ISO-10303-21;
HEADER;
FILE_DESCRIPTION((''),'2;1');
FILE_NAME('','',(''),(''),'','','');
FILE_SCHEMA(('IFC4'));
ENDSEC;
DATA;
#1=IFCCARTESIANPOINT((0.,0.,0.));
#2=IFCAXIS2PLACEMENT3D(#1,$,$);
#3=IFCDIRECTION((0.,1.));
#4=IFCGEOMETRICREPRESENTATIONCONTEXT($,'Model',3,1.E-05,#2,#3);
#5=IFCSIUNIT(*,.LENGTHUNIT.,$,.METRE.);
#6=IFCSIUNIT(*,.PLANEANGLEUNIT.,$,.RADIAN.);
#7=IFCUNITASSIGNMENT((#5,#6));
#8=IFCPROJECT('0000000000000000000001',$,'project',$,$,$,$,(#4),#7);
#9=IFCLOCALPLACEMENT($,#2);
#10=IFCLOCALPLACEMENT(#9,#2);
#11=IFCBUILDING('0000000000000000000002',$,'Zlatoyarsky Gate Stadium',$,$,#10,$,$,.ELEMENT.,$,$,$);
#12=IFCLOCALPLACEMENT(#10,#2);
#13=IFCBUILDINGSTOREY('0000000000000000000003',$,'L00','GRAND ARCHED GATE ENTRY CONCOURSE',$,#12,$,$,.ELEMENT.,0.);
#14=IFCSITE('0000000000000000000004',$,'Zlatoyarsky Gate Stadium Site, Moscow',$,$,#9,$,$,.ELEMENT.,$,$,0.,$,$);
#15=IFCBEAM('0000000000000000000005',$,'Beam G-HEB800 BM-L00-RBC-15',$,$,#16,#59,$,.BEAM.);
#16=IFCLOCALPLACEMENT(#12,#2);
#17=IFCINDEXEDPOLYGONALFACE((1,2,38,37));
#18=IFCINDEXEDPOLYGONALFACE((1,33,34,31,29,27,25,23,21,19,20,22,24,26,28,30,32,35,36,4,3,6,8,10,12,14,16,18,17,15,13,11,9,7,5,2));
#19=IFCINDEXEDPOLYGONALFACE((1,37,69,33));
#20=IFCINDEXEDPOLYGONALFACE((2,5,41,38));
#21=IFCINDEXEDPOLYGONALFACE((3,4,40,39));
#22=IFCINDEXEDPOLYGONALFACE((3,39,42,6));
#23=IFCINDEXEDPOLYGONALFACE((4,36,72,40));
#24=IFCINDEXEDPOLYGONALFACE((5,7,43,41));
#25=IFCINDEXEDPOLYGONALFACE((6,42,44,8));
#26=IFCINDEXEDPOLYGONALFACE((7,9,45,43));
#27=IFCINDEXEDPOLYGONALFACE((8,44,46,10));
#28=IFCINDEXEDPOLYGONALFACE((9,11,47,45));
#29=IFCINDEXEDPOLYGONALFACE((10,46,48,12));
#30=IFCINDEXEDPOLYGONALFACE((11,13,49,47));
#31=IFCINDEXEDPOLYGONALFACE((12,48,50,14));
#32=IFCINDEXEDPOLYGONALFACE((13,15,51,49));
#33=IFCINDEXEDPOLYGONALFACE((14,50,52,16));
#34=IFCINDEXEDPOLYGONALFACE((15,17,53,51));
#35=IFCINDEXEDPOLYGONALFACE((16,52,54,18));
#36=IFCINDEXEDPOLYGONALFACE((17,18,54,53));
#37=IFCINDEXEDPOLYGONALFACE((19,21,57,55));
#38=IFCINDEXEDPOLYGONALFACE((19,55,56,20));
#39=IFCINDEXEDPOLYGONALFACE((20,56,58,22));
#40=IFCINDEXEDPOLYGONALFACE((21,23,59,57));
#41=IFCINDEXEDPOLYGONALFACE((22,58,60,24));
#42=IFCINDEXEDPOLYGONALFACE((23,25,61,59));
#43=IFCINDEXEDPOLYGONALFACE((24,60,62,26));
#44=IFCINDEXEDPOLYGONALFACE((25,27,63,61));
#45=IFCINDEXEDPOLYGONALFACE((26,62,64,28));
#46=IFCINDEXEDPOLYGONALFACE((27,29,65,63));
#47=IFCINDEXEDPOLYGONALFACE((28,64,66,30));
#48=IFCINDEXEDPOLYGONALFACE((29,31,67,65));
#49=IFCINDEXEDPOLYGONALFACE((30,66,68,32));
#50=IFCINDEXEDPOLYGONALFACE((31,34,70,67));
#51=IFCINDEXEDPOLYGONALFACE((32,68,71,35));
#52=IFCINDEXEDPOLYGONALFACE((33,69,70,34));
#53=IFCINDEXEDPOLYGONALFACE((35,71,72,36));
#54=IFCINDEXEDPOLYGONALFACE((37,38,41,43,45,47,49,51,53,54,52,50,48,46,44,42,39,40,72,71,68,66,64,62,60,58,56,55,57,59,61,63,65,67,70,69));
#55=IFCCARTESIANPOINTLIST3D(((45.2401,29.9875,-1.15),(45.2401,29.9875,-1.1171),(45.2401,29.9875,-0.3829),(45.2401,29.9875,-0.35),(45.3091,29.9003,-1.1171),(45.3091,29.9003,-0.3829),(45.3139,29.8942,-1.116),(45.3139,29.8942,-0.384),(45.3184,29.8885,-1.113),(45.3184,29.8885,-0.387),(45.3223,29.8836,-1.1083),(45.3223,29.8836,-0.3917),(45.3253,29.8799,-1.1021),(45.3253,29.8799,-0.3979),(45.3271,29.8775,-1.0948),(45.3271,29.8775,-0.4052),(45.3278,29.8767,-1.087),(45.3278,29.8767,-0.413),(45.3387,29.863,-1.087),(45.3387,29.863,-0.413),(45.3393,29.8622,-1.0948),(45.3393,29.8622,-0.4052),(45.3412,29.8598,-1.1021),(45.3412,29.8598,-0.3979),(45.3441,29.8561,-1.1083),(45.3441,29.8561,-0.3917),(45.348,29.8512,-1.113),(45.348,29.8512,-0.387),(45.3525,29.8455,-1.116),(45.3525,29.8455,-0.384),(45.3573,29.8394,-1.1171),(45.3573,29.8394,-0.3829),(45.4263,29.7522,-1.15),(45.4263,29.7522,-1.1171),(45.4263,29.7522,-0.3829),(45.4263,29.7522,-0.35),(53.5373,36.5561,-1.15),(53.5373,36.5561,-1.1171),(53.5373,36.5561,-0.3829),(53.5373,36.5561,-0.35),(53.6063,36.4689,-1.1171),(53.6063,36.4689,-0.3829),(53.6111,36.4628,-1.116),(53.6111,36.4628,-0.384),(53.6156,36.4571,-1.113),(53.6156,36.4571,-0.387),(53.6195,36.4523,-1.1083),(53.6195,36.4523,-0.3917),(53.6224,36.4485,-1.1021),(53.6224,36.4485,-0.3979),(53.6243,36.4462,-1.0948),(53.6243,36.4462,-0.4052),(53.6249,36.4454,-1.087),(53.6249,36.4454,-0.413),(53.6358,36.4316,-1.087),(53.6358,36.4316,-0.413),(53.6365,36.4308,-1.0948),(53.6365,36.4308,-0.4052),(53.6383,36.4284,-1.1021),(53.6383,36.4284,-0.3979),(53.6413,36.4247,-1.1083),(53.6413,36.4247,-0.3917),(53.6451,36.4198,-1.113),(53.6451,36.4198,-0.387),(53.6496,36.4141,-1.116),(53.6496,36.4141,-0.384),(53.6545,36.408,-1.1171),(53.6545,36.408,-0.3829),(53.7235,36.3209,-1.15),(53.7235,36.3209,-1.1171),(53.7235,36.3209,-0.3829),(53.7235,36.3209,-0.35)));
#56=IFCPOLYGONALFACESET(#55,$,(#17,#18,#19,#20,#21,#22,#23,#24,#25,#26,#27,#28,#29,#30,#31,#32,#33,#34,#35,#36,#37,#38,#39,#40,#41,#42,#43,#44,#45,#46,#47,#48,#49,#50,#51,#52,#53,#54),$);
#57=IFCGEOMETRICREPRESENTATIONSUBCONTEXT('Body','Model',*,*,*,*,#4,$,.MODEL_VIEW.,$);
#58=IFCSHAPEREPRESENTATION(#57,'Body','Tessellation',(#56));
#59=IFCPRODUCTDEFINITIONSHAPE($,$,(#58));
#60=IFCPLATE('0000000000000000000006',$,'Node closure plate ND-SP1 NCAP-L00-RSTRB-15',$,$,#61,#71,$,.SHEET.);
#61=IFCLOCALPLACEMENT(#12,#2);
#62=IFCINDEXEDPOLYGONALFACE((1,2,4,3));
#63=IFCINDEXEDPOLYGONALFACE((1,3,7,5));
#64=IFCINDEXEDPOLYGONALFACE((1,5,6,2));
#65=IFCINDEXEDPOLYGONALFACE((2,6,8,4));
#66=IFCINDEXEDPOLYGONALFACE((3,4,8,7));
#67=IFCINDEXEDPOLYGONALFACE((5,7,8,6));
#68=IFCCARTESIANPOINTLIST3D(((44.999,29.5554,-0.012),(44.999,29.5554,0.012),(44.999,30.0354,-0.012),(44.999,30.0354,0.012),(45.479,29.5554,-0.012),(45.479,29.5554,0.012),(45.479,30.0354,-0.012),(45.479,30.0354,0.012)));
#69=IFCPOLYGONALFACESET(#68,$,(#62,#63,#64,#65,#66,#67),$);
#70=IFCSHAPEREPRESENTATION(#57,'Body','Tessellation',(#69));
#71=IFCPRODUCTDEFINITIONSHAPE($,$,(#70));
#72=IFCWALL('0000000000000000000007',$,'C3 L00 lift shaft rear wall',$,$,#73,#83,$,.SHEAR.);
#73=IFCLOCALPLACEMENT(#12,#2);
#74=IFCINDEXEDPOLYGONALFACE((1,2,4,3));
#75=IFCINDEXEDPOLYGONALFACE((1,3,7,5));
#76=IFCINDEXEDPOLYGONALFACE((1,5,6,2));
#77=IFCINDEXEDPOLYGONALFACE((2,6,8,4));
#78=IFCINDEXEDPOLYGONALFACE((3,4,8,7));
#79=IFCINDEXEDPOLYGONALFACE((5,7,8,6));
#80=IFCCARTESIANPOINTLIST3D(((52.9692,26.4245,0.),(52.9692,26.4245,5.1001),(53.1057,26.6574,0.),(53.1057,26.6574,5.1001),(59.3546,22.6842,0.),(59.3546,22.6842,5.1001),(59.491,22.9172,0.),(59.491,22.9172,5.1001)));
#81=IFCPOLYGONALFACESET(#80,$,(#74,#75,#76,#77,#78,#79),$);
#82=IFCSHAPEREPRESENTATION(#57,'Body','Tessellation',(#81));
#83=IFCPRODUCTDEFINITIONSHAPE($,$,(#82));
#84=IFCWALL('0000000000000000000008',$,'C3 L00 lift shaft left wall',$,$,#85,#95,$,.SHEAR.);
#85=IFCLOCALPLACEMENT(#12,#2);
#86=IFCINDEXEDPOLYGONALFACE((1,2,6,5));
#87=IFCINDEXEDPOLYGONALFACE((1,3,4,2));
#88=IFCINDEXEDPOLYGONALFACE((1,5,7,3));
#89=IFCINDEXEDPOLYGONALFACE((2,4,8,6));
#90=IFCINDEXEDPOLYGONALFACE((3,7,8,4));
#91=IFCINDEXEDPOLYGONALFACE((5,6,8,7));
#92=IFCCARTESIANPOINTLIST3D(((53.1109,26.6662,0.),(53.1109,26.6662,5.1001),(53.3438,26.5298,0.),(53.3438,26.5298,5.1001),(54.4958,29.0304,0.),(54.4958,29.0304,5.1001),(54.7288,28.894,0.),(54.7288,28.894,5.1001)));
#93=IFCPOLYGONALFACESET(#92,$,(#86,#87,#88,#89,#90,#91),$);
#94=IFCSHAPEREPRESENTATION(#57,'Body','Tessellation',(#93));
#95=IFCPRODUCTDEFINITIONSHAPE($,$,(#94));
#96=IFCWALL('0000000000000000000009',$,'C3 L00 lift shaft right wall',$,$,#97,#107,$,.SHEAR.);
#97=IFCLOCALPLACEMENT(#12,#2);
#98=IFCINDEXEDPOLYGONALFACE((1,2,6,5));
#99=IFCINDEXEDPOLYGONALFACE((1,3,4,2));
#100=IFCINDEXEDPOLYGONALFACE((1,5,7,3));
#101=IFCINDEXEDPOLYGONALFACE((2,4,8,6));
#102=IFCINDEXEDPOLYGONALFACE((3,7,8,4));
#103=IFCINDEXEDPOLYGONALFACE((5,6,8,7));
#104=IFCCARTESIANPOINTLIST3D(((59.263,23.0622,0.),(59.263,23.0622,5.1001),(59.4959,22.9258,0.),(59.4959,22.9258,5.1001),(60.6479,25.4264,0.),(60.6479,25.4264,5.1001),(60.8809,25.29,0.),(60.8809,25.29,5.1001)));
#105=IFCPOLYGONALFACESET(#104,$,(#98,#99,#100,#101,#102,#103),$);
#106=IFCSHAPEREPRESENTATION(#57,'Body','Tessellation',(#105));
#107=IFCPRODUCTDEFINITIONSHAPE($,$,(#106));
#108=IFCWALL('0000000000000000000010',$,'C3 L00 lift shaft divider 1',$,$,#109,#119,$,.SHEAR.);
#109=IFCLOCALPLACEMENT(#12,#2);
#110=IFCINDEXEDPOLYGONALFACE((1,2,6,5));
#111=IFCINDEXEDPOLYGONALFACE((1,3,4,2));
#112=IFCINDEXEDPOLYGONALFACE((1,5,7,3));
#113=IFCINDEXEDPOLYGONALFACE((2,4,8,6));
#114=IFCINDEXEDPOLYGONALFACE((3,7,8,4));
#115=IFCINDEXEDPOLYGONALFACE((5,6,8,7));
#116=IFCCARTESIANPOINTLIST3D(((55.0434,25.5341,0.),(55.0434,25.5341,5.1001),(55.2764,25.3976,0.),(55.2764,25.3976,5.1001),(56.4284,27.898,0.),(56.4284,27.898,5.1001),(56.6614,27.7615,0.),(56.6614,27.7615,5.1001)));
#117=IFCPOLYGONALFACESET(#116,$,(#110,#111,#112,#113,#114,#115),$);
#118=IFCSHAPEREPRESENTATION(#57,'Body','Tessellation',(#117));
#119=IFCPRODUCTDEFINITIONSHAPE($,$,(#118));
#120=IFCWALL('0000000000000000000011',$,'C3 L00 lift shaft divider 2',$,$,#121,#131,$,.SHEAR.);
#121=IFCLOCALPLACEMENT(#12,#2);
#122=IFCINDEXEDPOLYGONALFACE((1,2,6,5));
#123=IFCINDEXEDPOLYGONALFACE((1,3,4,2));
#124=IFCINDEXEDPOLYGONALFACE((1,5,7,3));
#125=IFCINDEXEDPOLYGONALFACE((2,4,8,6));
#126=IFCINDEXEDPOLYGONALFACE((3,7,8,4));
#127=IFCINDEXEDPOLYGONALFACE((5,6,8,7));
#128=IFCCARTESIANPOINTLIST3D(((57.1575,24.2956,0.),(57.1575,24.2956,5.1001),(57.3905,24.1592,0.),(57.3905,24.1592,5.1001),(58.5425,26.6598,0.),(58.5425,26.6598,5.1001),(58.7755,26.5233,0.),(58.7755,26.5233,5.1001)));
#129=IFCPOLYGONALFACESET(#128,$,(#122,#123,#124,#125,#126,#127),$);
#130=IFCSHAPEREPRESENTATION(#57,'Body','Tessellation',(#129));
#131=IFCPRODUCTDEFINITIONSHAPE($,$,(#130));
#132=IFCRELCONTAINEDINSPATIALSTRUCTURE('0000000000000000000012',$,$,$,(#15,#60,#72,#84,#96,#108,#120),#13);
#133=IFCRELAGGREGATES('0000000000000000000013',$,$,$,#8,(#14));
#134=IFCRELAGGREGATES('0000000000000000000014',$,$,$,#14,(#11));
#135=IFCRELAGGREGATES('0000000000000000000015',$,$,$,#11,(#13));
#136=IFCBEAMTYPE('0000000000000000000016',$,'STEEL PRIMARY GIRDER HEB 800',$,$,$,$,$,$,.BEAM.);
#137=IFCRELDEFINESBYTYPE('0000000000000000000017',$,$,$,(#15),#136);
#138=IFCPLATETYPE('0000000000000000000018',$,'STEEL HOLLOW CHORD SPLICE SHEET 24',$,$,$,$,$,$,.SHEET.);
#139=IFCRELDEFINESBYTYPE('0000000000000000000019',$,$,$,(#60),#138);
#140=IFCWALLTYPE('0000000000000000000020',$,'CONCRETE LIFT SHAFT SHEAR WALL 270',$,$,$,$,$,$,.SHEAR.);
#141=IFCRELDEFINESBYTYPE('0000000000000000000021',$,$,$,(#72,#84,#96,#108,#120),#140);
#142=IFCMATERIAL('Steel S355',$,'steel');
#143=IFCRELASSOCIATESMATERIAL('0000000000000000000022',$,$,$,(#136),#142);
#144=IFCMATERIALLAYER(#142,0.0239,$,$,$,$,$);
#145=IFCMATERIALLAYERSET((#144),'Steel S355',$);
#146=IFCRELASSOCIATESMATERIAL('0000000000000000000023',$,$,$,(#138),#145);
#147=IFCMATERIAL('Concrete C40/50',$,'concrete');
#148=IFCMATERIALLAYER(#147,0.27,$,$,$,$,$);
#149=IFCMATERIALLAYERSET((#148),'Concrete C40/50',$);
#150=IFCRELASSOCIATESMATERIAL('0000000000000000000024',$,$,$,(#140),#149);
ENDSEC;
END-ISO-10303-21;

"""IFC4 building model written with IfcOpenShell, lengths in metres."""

from ifc_helpers import new_model, si_unit, direction, frame, frame_2d, origin, origin_2d, place, context, subcontext, project, spatial, rectangle, i_section, extrude, material, layer, layer_set, material_profile, profile_set, type_object, element, save


model = new_model("IFC4")

# Units and contexts
model_context = context("Model", 3, precision=1e-05, world=origin(), true_north=direction((0.0, 1.0)))
body_context = subcontext(model_context, "Body", "Model", "MODEL_VIEW")
ifc_project = project(units=[si_unit("LENGTHUNIT", "METRE"), si_unit("PLANEANGLEUNIT", "RADIAN")], contexts=[model_context])

# Site, building, storey
site_placement = place(None, origin())
site = spatial("IfcSite", under=ifc_project, at=site_placement, Name="Zlatoyarsky Gate Stadium Site, Moscow", CompositionType="ELEMENT", RefElevation=0.0)
building_placement = place(site_placement, origin())
building = spatial("IfcBuilding", under=site, at=building_placement, Name="Zlatoyarsky Gate Stadium", CompositionType="ELEMENT")
storey_placement = place(building_placement, origin())
storey = spatial("IfcBuildingStorey", under=building, at=storey_placement, Name="L00", Description="GRAND ARCHED GATE ENTRY CONCOURSE", CompositionType="ELEMENT", Elevation=0.0)

# Shared definitions
ifc_material_1 = material(Name="Concrete C40/50", Category="concrete")

# Shared definitions
ifc_material_2 = material(Name="Steel S355", Category="steel")

# Beam
ifc_material_profile_1 = material_profile(ifc_material_2, i_section(OverallWidth=0.3, OverallDepth=0.8, WebThickness=0.0176, FlangeThickness=0.033, FilletRadius=0.03, at=origin_2d()), Name="HEB 800")
ifc_profile_set_1 = profile_set([ifc_material_profile_1], Name="Steel S355")
beam_type_1 = type_object("IfcBeamType", Name="STEEL PRIMARY GIRDER HEB 800", PredefinedType="BEAM", material=ifc_profile_set_1)
beam_1_placement = place(storey_placement, frame((53.6304, 36.4385, -0.75), z_axis=(-0.784043, -0.620706, 0.0), x_axis=(0.620706, -0.784043, 0.0)))
element("IfcBeam", 1, at=beam_1_placement, inside=storey, type_object=beam_type_1, Name="Beam G-HEB800 BM-L00-RBC-15", PredefinedType="BEAM", context=body_context, shape_type="SweptSolid", body=[
    extrude(i_section(OverallWidth=0.3, OverallDepth=0.8, WebThickness=0.0176, FlangeThickness=0.033, FilletRadius=0.03, at=origin_2d()), origin(), (0.0, 0.0, 1.0), 10.5825),
])

# Plate
ifc_layer_1 = layer(ifc_material_2, 0.0239)
ifc_layer_set_1 = layer_set([ifc_layer_1], Name="Steel S355")
plate_type = type_object("IfcPlateType", Name="STEEL HOLLOW CHORD SPLICE SHEET 24", PredefinedType="SHEET", material=ifc_layer_set_1)
plate_placement = place(storey_placement, frame((45.239, 29.7954, -0.012), z_axis=(0.0, 0.0, 1.0), x_axis=(1.0, 0.0, 0.0)))
element("IfcPlate", 2, at=plate_placement, inside=storey, type_object=plate_type, Name="Node closure plate ND-SP1 NCAP-L00-RSTRB-15", PredefinedType="SHEET", context=body_context, shape_type="SweptSolid", body=[
    extrude(rectangle(XDim=0.48, YDim=0.48, at=origin_2d()), origin(), (0.0, 0.0, 1.0), 0.0239),
])

# Walls
ifc_layer_2 = layer(ifc_material_1, 0.27)
ifc_layer_set_2 = layer_set([ifc_layer_2], Name="Concrete C40/50")
wall_type_1 = type_object("IfcWallType", Name="CONCRETE LIFT SHAFT SHEAR WALL 270", PredefinedType="SHEAR", material=ifc_layer_set_2)
wall_1_placement = place(storey_placement, frame((53.0374, 26.541, 0.0), z_axis=(0.0, 0.0, 1.0), x_axis=(0.862866, -0.505433, 0.0)))
element("IfcWall", 3, at=wall_1_placement, inside=storey, type_object=wall_type_1, Name="C3 L00 lift shaft rear wall", PredefinedType="SHEAR", context=body_context, shape_type="SweptSolid", body=[
    extrude(rectangle(XDim=7.4001, YDim=0.27, at=frame_2d((3.7002, 0.0))), origin(), (0.0, 0.0, 1.0), 5.1001),
])
for number, where, z_axis, x_axis, name in (
    (4, (53.2273, 26.5979, 0.0), (0.0, 0.0, 1.0), (0.505466, 0.862847, 0.0), "C3 L00 lift shaft left wall"),
    (5, (59.3794, 22.9939, 0.0), (0.0, 0.0, 1.0), (0.505466, 0.862847, 0.0), "C3 L00 lift shaft right wall"),
):
    element("IfcWall", number, at=place(storey_placement, frame(where, z_axis=z_axis, x_axis=x_axis)), inside=storey, type_object=wall_type_1, Name=name, PredefinedType="SHEAR", context=body_context, shape_type="SweptSolid", body=[
        extrude(rectangle(XDim=2.74, YDim=0.27, at=frame_2d((1.3701, 0.0))), origin(), (0.0, 0.0, 1.0), 5.1001),
    ])
wall_2_placement = place(storey_placement, frame((55.1599, 25.4658, 0.0), z_axis=(0.0, 0.0, 1.0), x_axis=(0.505505, 0.862824, 0.0)))
element("IfcWall", 6, at=wall_2_placement, inside=storey, type_object=wall_type_1, Name="C3 L00 lift shaft divider 1", PredefinedType="SHEAR", context=body_context, shape_type="SweptSolid", body=[
    extrude(rectangle(XDim=2.7397, YDim=0.27, at=frame_2d((1.3699, 0.0))), origin(), (0.0, 0.0, 1.0), 5.1001),
])
wall_3_placement = place(storey_placement, frame((57.2739, 24.2273, 0.0), z_axis=(0.0, 0.0, 1.0), x_axis=(0.505466, 0.862847, 0.0)))
element("IfcWall", 7, at=wall_3_placement, inside=storey, type_object=wall_type_1, Name="C3 L00 lift shaft divider 2", PredefinedType="SHEAR", context=body_context, shape_type="SweptSolid", body=[
    extrude(rectangle(XDim=2.74, YDim=0.27, at=frame_2d((1.3701, 0.0))), origin(), (0.0, 0.0, 1.0), 5.1001),
])

save(model, "model.ifc")
